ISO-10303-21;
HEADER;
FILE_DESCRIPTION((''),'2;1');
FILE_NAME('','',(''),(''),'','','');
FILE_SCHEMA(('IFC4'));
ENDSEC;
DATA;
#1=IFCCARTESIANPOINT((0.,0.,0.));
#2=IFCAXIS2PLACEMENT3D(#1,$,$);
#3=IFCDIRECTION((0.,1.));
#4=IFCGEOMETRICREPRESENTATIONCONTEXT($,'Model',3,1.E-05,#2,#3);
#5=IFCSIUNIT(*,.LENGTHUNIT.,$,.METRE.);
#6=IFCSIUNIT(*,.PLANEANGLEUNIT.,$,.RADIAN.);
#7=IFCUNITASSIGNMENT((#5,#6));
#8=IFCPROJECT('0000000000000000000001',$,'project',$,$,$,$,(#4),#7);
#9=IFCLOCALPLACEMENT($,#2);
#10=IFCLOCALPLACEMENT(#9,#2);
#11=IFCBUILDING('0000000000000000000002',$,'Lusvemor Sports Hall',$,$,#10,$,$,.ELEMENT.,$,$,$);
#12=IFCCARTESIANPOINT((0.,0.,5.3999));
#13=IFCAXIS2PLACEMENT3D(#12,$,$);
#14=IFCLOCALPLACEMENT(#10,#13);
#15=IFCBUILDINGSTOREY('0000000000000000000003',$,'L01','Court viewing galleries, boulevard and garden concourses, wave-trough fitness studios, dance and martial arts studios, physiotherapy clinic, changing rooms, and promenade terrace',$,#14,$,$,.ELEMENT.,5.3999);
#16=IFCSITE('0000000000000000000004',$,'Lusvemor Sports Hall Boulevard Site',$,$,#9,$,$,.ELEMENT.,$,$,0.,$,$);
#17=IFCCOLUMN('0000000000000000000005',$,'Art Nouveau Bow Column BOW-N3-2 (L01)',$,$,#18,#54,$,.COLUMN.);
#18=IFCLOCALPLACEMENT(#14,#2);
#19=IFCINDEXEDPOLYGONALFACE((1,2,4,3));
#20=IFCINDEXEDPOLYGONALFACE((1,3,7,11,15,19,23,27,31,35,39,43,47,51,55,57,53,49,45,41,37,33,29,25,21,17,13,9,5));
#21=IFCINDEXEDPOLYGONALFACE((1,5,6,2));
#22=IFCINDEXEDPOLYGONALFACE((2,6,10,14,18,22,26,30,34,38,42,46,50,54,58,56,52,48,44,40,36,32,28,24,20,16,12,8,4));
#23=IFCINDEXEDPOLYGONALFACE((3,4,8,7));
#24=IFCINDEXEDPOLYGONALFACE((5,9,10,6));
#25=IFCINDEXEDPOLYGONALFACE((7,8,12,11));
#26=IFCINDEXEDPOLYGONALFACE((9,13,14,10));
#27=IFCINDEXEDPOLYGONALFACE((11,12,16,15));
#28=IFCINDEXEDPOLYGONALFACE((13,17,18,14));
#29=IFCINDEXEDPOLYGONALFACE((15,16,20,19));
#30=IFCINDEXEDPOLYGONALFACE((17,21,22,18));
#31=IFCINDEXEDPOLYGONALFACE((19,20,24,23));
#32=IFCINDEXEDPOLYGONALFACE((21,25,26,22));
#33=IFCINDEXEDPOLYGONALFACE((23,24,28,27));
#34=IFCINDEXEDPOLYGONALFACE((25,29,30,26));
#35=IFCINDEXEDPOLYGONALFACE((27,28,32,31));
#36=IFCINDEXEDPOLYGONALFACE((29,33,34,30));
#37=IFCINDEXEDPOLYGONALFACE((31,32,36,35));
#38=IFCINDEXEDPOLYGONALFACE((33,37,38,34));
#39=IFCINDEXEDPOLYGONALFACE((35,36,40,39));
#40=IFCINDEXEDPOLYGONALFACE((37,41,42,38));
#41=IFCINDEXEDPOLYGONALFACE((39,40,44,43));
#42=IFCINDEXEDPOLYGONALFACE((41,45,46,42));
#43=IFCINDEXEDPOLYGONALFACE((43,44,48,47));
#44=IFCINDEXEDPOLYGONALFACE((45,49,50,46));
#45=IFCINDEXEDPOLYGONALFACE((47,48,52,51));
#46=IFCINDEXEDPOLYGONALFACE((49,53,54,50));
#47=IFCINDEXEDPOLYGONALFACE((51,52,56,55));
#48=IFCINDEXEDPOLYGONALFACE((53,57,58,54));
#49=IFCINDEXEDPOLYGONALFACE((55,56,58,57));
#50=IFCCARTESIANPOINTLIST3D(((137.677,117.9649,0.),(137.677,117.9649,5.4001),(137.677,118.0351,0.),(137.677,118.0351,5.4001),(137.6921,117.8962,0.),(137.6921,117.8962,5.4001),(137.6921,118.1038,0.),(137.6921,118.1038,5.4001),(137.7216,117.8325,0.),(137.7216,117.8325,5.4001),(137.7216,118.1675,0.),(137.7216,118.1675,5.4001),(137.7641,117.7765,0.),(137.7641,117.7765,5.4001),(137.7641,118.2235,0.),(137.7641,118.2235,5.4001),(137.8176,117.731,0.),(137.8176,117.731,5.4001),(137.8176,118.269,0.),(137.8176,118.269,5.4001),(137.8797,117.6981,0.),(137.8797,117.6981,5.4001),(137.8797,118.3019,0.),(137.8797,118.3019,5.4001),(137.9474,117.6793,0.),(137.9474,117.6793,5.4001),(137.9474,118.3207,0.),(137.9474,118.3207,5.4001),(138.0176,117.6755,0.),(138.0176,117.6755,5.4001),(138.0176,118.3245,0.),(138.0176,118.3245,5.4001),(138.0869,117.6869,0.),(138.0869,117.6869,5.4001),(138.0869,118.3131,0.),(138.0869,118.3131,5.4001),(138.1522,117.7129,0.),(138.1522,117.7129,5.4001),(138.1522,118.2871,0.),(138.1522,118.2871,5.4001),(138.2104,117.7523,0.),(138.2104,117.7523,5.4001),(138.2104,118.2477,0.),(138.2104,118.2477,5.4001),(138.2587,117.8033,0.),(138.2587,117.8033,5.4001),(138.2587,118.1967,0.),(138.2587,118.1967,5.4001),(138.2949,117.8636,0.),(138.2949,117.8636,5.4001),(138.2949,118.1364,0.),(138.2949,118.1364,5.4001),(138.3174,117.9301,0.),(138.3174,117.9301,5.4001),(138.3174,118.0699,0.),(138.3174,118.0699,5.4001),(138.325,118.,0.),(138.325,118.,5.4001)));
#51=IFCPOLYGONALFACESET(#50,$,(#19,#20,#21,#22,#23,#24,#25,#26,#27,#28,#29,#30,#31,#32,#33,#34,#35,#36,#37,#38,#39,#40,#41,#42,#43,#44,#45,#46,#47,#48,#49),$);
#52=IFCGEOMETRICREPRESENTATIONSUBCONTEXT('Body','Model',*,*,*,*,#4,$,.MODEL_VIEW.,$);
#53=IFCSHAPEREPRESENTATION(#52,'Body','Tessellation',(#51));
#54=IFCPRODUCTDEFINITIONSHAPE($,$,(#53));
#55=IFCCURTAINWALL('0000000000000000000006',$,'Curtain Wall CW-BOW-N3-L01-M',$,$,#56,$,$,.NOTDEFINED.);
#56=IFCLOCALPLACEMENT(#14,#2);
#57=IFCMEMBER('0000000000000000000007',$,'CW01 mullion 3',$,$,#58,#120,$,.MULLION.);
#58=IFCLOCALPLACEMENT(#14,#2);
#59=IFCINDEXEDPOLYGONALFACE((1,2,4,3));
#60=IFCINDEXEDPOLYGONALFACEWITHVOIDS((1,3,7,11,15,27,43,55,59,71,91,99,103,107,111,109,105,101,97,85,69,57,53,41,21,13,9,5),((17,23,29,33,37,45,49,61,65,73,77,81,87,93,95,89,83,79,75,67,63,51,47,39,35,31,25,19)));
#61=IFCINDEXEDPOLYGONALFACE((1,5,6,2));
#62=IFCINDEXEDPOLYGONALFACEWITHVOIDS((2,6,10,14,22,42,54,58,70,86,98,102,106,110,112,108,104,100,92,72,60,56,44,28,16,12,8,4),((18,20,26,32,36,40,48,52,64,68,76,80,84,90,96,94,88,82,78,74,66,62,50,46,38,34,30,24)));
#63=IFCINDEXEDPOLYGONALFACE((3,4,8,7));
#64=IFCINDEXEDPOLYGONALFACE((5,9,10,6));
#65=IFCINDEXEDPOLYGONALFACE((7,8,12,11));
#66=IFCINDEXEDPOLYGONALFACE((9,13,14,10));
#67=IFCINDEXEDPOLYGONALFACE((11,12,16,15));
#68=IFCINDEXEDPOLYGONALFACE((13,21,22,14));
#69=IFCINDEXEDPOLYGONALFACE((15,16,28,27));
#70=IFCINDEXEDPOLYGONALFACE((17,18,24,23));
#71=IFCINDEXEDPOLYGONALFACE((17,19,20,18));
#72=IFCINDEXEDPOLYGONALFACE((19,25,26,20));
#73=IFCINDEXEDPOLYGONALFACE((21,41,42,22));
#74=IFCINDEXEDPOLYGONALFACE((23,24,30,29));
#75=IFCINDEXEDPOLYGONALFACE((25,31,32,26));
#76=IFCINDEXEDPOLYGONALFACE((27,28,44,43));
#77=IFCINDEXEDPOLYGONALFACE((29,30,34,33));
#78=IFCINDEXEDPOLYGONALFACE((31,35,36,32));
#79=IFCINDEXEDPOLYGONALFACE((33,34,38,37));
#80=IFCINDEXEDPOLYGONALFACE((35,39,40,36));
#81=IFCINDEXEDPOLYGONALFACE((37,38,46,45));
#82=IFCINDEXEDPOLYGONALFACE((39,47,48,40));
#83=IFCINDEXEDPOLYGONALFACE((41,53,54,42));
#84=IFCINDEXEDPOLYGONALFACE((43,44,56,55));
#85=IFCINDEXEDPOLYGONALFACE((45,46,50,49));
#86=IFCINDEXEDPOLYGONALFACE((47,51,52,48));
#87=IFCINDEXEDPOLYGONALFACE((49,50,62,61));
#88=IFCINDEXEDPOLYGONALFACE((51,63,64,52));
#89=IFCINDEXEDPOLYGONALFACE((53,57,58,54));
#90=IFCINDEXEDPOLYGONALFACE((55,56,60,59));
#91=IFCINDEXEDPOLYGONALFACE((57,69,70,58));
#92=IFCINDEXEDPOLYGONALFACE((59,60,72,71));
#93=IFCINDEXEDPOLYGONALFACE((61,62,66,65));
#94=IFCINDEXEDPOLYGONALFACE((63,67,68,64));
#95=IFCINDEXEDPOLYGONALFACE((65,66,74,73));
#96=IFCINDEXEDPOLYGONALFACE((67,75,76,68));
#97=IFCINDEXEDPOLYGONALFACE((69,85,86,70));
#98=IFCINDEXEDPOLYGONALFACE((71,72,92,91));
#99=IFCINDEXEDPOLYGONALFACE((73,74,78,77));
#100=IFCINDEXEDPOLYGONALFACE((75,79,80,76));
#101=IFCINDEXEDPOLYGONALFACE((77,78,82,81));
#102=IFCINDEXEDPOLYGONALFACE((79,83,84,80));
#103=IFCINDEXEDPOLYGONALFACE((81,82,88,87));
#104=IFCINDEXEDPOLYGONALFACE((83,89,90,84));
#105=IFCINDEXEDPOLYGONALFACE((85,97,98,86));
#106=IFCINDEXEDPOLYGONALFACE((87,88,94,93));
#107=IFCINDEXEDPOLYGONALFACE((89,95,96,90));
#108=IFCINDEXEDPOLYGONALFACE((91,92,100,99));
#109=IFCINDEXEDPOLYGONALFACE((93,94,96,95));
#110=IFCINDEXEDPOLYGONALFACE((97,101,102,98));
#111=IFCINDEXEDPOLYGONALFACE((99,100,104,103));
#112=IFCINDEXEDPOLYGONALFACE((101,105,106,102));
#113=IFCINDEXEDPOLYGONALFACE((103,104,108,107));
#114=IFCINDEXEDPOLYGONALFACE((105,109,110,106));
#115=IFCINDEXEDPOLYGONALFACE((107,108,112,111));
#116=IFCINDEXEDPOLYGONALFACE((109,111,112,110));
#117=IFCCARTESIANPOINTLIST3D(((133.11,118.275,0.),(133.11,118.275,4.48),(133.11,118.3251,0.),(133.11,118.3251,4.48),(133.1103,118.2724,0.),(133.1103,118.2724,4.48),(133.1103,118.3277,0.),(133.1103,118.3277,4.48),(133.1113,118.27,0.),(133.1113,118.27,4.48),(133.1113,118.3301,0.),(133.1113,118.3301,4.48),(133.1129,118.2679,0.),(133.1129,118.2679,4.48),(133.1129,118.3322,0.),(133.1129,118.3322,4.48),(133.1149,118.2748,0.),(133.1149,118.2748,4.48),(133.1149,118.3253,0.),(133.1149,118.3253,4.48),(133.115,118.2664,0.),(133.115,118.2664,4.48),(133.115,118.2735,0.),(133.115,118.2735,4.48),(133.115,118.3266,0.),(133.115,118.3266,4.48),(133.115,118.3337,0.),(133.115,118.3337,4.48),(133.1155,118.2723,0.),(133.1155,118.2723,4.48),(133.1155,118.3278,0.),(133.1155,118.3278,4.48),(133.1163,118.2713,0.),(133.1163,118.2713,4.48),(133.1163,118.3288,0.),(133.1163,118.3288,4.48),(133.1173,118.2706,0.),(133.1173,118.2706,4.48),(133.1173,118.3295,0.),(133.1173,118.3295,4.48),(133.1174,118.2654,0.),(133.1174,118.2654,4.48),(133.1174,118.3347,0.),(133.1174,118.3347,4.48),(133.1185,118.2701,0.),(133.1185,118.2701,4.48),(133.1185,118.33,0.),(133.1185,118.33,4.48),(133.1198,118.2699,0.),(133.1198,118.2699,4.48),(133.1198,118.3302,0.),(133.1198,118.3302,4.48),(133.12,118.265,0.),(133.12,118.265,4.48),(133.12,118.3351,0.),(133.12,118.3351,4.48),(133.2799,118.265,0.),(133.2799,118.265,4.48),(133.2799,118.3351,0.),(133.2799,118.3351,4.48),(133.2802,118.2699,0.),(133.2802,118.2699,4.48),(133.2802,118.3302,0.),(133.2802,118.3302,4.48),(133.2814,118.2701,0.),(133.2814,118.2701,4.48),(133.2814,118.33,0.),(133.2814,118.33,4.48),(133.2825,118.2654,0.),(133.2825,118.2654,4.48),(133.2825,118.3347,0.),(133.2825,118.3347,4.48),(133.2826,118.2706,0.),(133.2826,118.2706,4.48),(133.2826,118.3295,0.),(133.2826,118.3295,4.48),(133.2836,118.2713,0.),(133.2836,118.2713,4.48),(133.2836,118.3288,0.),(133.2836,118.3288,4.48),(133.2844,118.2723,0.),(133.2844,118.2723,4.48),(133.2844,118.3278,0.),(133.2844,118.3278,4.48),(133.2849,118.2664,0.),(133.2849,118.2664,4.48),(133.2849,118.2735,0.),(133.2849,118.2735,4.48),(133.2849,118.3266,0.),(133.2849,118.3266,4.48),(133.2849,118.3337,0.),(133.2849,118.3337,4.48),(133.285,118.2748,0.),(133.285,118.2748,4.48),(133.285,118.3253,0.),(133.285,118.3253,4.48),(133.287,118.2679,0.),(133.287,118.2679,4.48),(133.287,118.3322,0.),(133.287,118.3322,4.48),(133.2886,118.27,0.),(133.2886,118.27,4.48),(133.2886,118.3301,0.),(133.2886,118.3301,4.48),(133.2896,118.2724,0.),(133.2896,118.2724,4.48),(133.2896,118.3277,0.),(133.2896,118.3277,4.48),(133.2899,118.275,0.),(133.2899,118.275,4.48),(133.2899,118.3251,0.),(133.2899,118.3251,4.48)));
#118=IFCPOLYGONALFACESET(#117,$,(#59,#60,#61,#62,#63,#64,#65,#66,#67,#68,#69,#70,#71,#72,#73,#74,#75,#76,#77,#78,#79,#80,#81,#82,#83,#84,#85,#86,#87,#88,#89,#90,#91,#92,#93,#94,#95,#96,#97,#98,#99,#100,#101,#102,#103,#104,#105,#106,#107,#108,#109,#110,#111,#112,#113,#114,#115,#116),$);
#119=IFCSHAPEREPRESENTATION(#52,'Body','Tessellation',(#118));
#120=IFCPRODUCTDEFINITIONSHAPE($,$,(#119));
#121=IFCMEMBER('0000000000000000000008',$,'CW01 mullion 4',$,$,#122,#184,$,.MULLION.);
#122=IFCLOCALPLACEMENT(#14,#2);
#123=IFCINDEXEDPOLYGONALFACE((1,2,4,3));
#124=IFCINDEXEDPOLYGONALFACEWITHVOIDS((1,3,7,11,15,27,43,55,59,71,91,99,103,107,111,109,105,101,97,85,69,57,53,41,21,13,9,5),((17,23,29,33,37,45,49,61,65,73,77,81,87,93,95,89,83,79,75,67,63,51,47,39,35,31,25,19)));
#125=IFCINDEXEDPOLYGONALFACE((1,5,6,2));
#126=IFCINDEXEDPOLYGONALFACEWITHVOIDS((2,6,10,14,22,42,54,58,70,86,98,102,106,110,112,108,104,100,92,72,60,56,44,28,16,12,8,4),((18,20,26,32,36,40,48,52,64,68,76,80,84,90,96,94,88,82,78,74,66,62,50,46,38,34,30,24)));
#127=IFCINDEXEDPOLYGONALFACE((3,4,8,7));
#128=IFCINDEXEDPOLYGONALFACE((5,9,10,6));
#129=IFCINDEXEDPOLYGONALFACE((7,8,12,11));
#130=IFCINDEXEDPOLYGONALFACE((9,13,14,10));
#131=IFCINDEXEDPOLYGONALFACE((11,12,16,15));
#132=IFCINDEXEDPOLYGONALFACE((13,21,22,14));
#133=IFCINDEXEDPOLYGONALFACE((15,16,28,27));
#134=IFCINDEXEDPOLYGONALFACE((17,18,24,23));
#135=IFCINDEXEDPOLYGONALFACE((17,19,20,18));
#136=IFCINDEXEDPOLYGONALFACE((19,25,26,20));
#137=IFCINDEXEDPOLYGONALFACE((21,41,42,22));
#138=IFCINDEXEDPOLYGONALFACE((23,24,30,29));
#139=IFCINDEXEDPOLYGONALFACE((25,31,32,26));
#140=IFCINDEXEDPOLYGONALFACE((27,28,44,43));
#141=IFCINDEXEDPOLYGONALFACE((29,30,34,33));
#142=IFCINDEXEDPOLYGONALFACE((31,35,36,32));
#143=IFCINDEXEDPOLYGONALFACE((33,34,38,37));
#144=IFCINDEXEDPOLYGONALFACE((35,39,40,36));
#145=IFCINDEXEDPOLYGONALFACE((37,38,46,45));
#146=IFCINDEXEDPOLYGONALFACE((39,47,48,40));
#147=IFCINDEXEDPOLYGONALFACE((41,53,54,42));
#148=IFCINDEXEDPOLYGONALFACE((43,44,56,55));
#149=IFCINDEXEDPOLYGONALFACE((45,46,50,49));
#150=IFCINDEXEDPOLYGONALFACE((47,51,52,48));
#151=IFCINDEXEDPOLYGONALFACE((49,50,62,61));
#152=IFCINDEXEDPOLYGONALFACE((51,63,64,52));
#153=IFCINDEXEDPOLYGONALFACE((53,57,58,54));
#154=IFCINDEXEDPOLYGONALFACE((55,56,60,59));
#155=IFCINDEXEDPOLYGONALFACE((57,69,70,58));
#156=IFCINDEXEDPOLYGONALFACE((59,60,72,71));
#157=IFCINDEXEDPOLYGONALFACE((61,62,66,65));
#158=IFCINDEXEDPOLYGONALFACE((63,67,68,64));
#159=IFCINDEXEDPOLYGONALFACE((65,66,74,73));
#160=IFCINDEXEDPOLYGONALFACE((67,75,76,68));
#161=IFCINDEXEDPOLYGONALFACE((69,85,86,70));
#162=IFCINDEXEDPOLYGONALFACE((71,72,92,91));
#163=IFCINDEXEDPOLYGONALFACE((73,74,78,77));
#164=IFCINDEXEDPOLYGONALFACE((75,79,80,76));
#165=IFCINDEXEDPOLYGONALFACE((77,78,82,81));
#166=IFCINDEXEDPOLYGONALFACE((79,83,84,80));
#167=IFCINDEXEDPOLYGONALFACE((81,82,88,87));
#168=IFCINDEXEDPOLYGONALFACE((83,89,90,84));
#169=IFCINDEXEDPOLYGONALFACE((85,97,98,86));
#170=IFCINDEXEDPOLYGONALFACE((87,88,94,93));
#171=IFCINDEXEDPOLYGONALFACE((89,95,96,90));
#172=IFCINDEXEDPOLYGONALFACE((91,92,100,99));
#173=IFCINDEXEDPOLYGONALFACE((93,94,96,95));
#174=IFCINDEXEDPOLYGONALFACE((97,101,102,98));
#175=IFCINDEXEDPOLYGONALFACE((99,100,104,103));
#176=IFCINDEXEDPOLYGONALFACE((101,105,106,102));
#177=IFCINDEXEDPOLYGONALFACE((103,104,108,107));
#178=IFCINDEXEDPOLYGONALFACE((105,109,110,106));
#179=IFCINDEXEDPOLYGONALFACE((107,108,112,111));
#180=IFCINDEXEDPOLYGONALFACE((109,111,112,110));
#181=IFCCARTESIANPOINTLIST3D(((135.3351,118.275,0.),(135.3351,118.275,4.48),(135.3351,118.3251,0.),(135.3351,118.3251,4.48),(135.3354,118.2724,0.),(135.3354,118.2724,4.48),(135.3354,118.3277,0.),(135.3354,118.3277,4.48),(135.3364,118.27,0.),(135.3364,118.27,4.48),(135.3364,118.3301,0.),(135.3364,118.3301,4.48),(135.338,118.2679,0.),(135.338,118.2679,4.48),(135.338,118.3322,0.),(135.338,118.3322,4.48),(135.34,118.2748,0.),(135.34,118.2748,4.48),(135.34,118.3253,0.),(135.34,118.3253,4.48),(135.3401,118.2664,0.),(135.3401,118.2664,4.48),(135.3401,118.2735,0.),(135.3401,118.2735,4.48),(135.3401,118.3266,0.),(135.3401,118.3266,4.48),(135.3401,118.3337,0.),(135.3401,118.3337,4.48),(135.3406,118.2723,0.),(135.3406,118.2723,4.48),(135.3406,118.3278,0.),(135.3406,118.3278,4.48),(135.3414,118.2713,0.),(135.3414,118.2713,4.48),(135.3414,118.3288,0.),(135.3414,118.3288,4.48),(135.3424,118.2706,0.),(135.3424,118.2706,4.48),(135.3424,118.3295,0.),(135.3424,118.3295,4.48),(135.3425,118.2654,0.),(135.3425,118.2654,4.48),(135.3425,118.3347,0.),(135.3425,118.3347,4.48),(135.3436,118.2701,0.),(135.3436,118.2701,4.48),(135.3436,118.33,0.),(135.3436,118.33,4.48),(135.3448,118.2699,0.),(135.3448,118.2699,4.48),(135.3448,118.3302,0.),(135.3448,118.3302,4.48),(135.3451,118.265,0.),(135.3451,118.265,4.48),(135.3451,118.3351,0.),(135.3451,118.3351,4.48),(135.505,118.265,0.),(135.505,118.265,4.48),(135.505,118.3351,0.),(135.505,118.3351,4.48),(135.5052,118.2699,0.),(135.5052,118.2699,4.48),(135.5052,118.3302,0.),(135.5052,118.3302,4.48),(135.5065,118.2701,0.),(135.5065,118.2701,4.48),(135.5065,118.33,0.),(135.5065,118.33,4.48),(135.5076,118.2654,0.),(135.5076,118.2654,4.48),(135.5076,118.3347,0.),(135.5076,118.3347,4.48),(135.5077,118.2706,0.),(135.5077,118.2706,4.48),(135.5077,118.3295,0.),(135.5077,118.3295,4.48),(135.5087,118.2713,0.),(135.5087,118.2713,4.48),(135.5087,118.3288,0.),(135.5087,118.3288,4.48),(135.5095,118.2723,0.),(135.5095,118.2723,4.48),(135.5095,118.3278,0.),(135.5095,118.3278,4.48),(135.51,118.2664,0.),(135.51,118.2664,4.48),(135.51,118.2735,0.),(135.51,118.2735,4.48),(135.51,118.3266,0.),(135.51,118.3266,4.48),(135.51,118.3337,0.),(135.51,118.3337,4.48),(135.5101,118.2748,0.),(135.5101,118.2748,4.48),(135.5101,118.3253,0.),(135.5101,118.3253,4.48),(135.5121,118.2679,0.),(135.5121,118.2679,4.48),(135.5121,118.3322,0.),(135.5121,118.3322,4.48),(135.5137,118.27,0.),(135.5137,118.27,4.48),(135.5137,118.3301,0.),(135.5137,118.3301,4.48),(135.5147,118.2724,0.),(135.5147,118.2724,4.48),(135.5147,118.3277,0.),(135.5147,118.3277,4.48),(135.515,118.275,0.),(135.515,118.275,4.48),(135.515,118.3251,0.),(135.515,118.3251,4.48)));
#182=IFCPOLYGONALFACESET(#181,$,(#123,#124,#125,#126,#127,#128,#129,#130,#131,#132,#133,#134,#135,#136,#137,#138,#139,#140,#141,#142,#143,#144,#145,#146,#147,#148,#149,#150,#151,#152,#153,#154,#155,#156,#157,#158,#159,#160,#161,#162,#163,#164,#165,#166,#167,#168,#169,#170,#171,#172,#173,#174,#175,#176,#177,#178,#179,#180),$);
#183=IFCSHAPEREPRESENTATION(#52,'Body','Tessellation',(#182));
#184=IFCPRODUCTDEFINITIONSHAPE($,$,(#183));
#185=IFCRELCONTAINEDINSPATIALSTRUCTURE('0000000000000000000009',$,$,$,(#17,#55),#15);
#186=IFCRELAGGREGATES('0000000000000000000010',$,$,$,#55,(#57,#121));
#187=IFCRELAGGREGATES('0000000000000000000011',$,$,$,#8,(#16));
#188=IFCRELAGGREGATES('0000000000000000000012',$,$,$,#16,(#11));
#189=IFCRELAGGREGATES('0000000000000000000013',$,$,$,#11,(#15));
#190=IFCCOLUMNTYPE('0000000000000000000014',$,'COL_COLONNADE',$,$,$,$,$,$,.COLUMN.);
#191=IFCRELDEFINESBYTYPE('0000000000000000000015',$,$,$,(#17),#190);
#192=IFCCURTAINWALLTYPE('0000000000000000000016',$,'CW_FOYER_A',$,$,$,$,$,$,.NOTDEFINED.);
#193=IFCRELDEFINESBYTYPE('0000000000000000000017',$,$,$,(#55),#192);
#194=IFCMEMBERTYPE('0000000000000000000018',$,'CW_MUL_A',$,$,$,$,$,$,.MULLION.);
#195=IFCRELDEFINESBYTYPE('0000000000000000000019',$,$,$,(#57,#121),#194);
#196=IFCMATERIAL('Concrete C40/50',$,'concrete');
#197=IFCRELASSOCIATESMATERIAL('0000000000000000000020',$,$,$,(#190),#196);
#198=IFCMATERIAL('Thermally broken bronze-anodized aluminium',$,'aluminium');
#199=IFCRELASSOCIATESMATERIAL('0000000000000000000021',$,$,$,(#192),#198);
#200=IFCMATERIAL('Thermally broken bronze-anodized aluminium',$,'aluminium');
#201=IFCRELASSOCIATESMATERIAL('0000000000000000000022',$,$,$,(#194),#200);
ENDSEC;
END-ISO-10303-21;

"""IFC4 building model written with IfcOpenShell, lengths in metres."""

from ifc_helpers import new_model, si_unit, direction, frame, origin, origin_2d, place, context, subcontext, project, spatial, hollow_rectangle, circle, extrude, material, material_profile, profile_set, type_object, element, aggregate, save


model = new_model("IFC4")

# Units and contexts
model_context = context("Model", 3, precision=1e-05, world=origin(), true_north=direction((0.0, 1.0)))
body_context = subcontext(model_context, "Body", "Model", "MODEL_VIEW")
ifc_project = project(units=[si_unit("LENGTHUNIT", "METRE"), si_unit("PLANEANGLEUNIT", "RADIAN")], contexts=[model_context])

# Site, building, storey
site_placement = place(None, origin())
site = spatial("IfcSite", under=ifc_project, at=site_placement, Name="Lusvemor Sports Hall Boulevard Site", CompositionType="ELEMENT", RefElevation=0.0)
building_placement = place(site_placement, origin())
building = spatial("IfcBuilding", under=site, at=building_placement, Name="Lusvemor Sports Hall", CompositionType="ELEMENT")
storey_placement = place(building_placement, frame((0.0, 0.0, 5.3999)))
storey = spatial("IfcBuildingStorey", under=building, at=storey_placement, Name="L01", Description="Court viewing galleries, boulevard and garden concourses, wave-trough fitness studios, dance and martial arts studios, physiotherapy clinic, changing rooms, and promenade terrace", CompositionType="ELEMENT", Elevation=5.3999)

# Column
ifc_material_1 = material(Name="Concrete C40/50", Category="concrete")
ifc_material_profile_1 = material_profile(ifc_material_1, circle(Radius=0.325, at=origin_2d()), Name="RCCIRC650")
ifc_profile_set_1 = profile_set([ifc_material_profile_1], Name="Concrete C40/50")
column_type = type_object("IfcColumnType", Name="COL_COLONNADE", PredefinedType="COLUMN", material=ifc_profile_set_1)
column_placement = place(storey_placement, frame((138.0, 118.0, 0.0), z_axis=(0.0, 0.0, 1.0), x_axis=(1.0, 0.0, 0.0)))
element("IfcColumn", 1, at=column_placement, inside=storey, type_object=column_type, Name="Art Nouveau Bow Column BOW-N3-2 (L01)", PredefinedType="COLUMN", context=body_context, shape_type="SweptSolid", body=[
    extrude(circle(Radius=0.325, at=origin_2d()), origin(), (0.0, 0.0, 1.0), 5.4001),
])

# Curtain wall, members
ifc_material_2 = material(Name="Thermally broken bronze-anodized aluminium", Category="aluminium")
curtain_wall_type_1 = type_object("IfcCurtainWallType", Name="CW_FOYER_A", PredefinedType="NOTDEFINED", material=ifc_material_2)
curtain_wall_1_placement = place(storey_placement, origin())
curtain_wall_1 = element("IfcCurtainWall", 2, at=curtain_wall_1_placement, inside=storey, type_object=curtain_wall_type_1, Name="Curtain Wall CW-BOW-N3-L01-M", PredefinedType="NOTDEFINED")
ifc_material_3 = material(Name="Thermally broken bronze-anodized aluminium", Category="aluminium")
ifc_material_profile_2 = material_profile(ifc_material_3, hollow_rectangle(XDim=0.0701, YDim=0.1799, WallThickness=0.0049, InnerFilletRadius=0.0049, OuterFilletRadius=0.01, at=origin_2d()), Name="CWMUL180x70x5")
ifc_profile_set_2 = profile_set([ifc_material_profile_2], Name="Thermally broken bronze-anodized aluminium")
member_type_1 = type_object("IfcMemberType", Name="CW_MUL_A", PredefinedType="MULLION", material=ifc_profile_set_2)
member_1_placement = place(storey_placement, frame((133.2, 118.3, 0.0), z_axis=(0.0, 0.0, 1.0), x_axis=(0.0, 1.0, 0.0)))
member_1 = element("IfcMember", 3, at=member_1_placement, type_object=member_type_1, Name="CW01 mullion 3", PredefinedType="MULLION", context=body_context, shape_type="SweptSolid", body=[
    extrude(hollow_rectangle(XDim=0.0701, YDim=0.1799, WallThickness=0.0049, InnerFilletRadius=0.0049, OuterFilletRadius=0.01, at=origin_2d()), origin(), (0.0, 0.0, 1.0), 4.48),
])
member_2_placement = place(storey_placement, frame((135.425, 118.3, 0.0), z_axis=(0.0, 0.0, 1.0), x_axis=(0.0, 1.0, 0.0)))
member_2 = element("IfcMember", 4, at=member_2_placement, type_object=member_type_1, Name="CW01 mullion 4", PredefinedType="MULLION", context=body_context, shape_type="SweptSolid", body=[
    extrude(hollow_rectangle(XDim=0.0701, YDim=0.1799, WallThickness=0.0049, InnerFilletRadius=0.0049, OuterFilletRadius=0.01, at=origin_2d()), origin(), (0.0, 0.0, 1.0), 4.48),
])

aggregate(curtain_wall_1, [member_1, member_2])

save(model, "model.ifc")
